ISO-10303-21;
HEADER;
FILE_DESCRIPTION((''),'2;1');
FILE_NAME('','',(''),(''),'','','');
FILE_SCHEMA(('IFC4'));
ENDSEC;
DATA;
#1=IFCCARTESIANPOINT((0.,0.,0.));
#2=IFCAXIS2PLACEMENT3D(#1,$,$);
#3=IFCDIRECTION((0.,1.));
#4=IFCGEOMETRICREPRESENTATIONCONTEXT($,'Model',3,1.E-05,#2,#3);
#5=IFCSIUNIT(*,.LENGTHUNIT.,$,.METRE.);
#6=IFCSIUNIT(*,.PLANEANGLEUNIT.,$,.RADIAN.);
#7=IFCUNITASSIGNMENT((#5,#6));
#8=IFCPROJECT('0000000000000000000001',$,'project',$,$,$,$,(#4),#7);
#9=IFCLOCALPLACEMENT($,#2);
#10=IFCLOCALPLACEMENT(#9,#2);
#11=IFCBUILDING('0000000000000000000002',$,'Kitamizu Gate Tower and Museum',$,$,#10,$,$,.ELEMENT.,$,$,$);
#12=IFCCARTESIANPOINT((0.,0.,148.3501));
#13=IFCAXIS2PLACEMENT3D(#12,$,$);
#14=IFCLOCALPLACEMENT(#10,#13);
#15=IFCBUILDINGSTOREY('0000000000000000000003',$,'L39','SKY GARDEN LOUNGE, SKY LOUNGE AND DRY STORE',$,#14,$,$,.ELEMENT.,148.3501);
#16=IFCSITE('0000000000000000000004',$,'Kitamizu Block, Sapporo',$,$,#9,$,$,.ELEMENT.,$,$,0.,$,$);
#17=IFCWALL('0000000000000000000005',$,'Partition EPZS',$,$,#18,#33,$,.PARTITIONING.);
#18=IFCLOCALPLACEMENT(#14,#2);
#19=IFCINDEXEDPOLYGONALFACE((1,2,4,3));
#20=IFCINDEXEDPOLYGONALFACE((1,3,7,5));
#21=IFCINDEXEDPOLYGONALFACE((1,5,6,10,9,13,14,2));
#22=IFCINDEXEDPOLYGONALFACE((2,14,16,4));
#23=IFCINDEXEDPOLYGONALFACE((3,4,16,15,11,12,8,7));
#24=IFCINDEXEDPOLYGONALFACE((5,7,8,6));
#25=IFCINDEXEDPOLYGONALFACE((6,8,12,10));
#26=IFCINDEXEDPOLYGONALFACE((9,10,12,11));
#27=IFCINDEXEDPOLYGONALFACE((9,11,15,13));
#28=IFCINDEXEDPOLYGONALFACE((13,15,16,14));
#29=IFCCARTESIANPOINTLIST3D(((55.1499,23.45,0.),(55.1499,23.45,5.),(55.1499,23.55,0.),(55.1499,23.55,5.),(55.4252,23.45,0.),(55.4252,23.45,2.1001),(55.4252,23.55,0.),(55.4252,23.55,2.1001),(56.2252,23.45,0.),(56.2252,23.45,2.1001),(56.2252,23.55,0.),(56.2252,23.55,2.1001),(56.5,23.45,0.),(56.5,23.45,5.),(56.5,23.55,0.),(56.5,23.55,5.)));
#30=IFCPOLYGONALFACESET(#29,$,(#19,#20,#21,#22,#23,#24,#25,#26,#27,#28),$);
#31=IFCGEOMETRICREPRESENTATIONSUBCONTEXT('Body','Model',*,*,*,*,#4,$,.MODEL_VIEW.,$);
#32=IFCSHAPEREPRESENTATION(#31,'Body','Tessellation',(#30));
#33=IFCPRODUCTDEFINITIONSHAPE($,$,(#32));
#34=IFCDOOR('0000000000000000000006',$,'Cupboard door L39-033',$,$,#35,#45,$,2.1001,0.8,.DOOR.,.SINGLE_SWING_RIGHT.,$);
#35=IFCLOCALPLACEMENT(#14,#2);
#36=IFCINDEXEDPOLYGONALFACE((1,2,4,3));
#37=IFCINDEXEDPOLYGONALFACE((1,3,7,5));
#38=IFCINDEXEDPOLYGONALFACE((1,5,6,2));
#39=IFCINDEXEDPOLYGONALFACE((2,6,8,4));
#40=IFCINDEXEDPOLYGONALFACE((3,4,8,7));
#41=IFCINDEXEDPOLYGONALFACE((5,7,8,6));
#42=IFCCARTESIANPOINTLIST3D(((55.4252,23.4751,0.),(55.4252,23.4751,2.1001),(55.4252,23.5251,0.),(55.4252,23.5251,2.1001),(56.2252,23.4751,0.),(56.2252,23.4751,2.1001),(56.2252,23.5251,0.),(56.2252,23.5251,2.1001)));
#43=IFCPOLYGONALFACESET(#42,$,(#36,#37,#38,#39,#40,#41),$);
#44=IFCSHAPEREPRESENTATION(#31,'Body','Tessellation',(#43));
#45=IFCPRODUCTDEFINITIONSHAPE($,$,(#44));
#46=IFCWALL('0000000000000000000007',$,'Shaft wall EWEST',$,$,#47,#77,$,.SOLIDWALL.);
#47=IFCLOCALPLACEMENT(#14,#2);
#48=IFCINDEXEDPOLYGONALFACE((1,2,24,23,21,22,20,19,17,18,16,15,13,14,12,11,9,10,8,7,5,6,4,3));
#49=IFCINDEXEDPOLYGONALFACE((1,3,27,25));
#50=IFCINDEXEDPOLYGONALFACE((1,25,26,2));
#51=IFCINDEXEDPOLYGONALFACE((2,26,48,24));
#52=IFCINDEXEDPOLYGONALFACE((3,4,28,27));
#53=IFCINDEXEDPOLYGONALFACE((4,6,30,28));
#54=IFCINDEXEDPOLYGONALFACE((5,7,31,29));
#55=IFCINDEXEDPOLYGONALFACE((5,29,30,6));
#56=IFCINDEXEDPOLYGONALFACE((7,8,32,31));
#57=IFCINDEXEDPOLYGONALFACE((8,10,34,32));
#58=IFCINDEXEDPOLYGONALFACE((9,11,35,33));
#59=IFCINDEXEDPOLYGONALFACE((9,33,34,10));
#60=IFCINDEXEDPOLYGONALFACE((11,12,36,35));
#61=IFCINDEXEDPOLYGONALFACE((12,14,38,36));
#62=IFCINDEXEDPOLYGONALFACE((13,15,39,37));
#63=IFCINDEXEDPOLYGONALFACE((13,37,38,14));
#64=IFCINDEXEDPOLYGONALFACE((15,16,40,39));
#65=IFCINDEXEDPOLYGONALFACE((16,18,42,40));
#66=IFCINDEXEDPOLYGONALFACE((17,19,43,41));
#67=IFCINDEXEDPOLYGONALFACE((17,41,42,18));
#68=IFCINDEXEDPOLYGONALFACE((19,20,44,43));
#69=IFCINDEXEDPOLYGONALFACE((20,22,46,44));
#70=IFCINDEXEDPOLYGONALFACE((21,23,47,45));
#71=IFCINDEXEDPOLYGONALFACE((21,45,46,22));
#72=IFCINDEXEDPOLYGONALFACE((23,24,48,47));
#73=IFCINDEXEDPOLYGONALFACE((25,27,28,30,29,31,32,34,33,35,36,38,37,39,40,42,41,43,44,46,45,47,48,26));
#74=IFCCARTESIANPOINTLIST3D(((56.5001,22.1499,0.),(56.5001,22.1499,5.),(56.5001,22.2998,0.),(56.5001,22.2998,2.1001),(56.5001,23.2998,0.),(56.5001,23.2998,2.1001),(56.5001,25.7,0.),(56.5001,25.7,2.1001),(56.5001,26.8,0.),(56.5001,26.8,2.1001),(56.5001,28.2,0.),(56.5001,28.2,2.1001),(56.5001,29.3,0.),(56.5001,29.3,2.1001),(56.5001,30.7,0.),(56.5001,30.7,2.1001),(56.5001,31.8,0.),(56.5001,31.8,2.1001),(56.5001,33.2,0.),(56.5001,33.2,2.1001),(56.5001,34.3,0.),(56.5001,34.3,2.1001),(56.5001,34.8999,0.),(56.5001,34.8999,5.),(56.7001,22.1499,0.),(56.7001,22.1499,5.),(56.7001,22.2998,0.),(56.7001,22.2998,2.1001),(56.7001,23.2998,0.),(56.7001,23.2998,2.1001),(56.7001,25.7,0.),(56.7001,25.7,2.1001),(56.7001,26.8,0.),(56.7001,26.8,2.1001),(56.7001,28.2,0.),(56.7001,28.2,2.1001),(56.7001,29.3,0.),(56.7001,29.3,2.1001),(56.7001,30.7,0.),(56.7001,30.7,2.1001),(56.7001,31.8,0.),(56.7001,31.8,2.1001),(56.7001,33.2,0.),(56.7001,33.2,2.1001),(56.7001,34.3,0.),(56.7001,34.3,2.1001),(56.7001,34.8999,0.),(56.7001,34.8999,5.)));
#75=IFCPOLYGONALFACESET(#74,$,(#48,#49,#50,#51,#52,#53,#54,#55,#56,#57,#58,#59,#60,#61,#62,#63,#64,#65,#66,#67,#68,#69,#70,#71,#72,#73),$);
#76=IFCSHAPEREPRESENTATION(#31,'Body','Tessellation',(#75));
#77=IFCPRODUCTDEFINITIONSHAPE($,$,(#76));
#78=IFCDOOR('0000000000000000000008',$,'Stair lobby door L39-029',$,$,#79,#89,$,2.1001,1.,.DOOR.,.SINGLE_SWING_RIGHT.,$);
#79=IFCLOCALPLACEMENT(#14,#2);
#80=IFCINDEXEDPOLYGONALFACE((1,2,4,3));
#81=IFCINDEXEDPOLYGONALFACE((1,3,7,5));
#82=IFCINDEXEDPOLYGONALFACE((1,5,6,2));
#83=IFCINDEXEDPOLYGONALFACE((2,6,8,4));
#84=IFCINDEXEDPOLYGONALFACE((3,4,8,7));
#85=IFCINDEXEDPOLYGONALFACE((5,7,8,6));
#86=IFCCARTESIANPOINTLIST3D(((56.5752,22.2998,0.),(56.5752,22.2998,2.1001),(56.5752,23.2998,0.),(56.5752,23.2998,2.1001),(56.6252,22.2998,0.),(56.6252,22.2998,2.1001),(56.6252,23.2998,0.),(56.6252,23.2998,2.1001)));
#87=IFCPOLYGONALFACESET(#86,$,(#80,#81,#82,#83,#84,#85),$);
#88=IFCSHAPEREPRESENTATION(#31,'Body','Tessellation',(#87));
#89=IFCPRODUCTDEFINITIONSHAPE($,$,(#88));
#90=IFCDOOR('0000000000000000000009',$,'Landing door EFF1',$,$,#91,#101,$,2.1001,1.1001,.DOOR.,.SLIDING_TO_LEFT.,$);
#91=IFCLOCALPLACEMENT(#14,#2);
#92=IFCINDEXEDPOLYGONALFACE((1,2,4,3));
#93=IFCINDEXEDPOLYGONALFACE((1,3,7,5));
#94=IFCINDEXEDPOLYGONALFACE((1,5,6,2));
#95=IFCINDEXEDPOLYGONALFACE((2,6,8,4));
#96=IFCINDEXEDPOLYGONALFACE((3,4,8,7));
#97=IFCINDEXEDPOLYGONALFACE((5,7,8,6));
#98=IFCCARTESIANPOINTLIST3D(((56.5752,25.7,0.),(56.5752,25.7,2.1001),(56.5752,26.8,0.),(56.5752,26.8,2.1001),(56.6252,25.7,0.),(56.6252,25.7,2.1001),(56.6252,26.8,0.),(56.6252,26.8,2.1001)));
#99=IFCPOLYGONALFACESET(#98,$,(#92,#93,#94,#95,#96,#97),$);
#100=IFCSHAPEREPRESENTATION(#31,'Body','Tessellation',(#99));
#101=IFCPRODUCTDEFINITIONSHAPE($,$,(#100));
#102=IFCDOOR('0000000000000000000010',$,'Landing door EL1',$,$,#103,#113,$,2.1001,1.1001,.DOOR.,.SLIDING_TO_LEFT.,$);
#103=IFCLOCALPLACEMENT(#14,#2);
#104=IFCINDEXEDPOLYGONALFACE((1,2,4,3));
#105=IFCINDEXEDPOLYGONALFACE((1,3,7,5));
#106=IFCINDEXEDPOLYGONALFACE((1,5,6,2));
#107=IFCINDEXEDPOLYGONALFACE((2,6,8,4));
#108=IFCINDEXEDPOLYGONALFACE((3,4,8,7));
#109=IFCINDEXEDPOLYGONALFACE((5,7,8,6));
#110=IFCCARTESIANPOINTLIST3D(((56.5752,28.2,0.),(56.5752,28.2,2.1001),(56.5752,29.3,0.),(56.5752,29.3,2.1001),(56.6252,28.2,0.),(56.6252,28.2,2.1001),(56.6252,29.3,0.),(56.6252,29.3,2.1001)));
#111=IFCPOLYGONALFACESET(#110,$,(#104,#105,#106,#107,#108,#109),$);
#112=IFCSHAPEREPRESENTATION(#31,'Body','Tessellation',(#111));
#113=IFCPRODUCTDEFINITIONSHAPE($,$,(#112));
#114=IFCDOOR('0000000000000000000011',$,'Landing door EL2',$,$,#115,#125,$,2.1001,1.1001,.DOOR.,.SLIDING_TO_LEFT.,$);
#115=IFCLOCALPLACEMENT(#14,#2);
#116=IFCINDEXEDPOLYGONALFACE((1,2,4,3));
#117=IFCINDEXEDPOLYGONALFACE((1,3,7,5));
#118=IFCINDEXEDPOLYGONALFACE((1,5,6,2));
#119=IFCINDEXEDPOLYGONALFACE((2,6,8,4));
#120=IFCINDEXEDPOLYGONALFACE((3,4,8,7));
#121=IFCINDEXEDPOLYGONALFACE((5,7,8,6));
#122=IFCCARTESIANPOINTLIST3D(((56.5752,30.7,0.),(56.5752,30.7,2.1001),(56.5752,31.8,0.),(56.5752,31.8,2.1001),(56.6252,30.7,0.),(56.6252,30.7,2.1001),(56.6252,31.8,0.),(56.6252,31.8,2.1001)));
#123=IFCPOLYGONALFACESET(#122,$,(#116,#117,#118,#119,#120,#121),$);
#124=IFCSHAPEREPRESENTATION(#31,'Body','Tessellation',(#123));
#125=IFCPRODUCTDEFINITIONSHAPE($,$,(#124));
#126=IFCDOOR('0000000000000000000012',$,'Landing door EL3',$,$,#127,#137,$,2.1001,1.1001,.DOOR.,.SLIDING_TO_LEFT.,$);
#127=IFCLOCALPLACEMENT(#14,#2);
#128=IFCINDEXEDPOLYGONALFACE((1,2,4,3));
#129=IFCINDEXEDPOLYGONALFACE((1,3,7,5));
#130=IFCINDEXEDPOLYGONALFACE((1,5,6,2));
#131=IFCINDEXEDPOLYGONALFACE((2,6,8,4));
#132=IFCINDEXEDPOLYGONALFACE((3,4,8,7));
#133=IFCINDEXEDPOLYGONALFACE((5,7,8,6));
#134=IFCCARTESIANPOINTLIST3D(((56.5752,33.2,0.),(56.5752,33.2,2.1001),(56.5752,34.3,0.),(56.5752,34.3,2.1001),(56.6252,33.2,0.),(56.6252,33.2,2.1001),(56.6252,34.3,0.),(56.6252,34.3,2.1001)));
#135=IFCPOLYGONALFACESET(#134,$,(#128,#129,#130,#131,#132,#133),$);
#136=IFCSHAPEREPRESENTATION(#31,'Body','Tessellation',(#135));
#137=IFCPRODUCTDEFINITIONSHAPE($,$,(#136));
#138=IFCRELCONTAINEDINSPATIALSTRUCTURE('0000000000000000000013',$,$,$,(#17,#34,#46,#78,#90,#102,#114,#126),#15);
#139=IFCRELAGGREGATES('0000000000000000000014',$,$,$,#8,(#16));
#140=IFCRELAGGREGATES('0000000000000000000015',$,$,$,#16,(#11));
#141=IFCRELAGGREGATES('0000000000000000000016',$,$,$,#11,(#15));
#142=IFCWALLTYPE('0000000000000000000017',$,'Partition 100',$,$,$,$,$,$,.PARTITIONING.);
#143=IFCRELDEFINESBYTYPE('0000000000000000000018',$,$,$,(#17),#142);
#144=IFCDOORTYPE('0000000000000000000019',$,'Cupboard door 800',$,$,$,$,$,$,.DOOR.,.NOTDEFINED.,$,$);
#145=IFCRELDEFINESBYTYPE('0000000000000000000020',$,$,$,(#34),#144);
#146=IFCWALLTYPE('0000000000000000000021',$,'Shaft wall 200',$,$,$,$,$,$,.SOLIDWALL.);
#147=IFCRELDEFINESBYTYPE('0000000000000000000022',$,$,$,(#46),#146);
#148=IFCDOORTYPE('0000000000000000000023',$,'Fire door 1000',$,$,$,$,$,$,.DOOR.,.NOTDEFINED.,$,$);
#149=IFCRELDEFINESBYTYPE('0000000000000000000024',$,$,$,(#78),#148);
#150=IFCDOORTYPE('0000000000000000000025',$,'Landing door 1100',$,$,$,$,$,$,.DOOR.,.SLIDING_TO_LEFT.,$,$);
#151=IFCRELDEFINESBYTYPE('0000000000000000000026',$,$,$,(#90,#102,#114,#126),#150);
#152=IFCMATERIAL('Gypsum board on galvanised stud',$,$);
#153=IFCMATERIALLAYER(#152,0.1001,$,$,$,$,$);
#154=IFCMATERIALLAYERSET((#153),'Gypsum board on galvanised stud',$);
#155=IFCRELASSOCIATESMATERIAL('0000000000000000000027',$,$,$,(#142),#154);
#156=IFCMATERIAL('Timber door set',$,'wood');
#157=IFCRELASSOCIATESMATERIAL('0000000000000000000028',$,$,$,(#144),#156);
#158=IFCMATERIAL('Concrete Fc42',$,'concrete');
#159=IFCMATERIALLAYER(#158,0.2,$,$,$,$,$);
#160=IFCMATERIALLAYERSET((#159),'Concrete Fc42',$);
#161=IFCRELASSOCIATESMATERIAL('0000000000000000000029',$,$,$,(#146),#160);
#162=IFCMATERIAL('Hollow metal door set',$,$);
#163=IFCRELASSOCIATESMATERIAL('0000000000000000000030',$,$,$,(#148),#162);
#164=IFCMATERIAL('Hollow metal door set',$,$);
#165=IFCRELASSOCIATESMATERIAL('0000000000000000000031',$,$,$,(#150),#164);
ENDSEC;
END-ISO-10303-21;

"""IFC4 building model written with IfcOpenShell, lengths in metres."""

from ifc_helpers import new_model, si_unit, direction, frame, frame_2d, origin, place, context, subcontext, project, spatial, rectangle, extrude, material, layer, layer_set, type_object, element, fill, save


model = new_model("IFC4")

# Units and contexts
model_context = context("Model", 3, precision=1e-05, world=origin(), true_north=direction((0.0, 1.0)))
body_context = subcontext(model_context, "Body", "Model", "MODEL_VIEW")
ifc_project = project(units=[si_unit("LENGTHUNIT", "METRE"), si_unit("PLANEANGLEUNIT", "RADIAN")], contexts=[model_context])

# Site, building, storey
site_placement = place(None, origin())
site = spatial("IfcSite", under=ifc_project, at=site_placement, Name="Kitamizu Block, Sapporo", CompositionType="ELEMENT", RefElevation=0.0)
building_placement = place(site_placement, origin())
building = spatial("IfcBuilding", under=site, at=building_placement, Name="Kitamizu Gate Tower and Museum", CompositionType="ELEMENT")
storey_placement = place(building_placement, frame((0.0, 0.0, 148.3501)))
storey = spatial("IfcBuildingStorey", under=building, at=storey_placement, Name="L39", Description="SKY GARDEN LOUNGE, SKY LOUNGE AND DRY STORE", CompositionType="ELEMENT", Elevation=148.3501)

# Wall, opening, door
ifc_material_1 = material(Name="Gypsum board on galvanised stud")
ifc_layer_1 = layer(ifc_material_1, 0.1001)
ifc_layer_set_1 = layer_set([ifc_layer_1], Name="Gypsum board on galvanised stud")
wall_type_1 = type_object("IfcWallType", Name="Partition 100", PredefinedType="PARTITIONING", material=ifc_layer_set_1)
wall_1_placement = place(storey_placement, frame((56.5, 23.5, 0.0), z_axis=(0.0, 0.0, 1.0), x_axis=(-1.0, 0.0, 0.0)))
wall_1 = element("IfcWall", 1, at=wall_1_placement, inside=storey, type_object=wall_type_1, Name="Partition EPZS", PredefinedType="PARTITIONING", context=body_context, shape_type="SweptSolid", body=[
    extrude(rectangle(XDim=1.3501, YDim=0.1001, at=frame_2d((0.675, 0.0))), origin(), (0.0, 0.0, 1.0), 5.0),
])
opening_1_placement = place(wall_1_placement, frame((0.2749, 0.0, 0.0)))
opening_1 = element("IfcOpeningElement", 2, at=opening_1_placement, cuts=wall_1, PredefinedType="OPENING", context=body_context, shape_type="SweptSolid", body=[
    extrude(rectangle(XDim=0.8, YDim=2.1001, at=frame_2d((0.3999, 1.05))), frame((0.0, 0.0601, 0.0), z_axis=(0.0, -1.0, 0.0), x_axis=(1.0, 0.0, 0.0)), (0.0, 0.0, 1.0), 0.1201),
])
ifc_material_2 = material(Name="Timber door set", Category="wood")
door_type_1 = type_object("IfcDoorType", Name="Cupboard door 800", OperationType="NOTDEFINED", PredefinedType="DOOR", material=ifc_material_2)
door_1_placement = place(opening_1_placement, origin())
door_1 = element("IfcDoor", 3, at=door_1_placement, inside=storey, type_object=door_type_1, Name="Cupboard door L39-033", OperationType="SINGLE_SWING_RIGHT", OverallHeight=2.1001, OverallWidth=0.8, PredefinedType="DOOR", context=body_context, shape_type="SweptSolid", body=[
    extrude(rectangle(XDim=0.8, YDim=2.1001, at=frame_2d((0.3999, 1.05))), frame((0.0, 0.0249, 0.0), z_axis=(0.0, -1.0, 0.0), x_axis=(1.0, 0.0, 0.0)), (0.0, 0.0, 1.0), 0.05),
])
fill(opening_1, door_1)

# Wall, openings, doors
ifc_material_3 = material(Name="Concrete Fc42", Category="concrete")
ifc_layer_2 = layer(ifc_material_3, 0.2)
ifc_layer_set_2 = layer_set([ifc_layer_2], Name="Concrete Fc42")
wall_type_2 = type_object("IfcWallType", Name="Shaft wall 200", PredefinedType="SOLIDWALL", material=ifc_layer_set_2)
wall_2_placement = place(storey_placement, frame((56.6001, 22.1499, 0.0), z_axis=(0.0, 0.0, 1.0), x_axis=(0.0, 1.0, 0.0)))
wall_2 = element("IfcWall", 4, at=wall_2_placement, inside=storey, type_object=wall_type_2, Name="Shaft wall EWEST", PredefinedType="SOLIDWALL", context=body_context, shape_type="SweptSolid", body=[
    extrude(rectangle(XDim=12.75, YDim=0.2, at=frame_2d((6.375, 0.0))), origin(), (0.0, 0.0, 1.0), 5.0),
])
opening_2_placement = place(wall_2_placement, frame((3.55, 0.0, 0.0)))
opening_2 = element("IfcOpeningElement", 5, at=opening_2_placement, cuts=wall_2, PredefinedType="OPENING", context=body_context, shape_type="SweptSolid", body=[
    extrude(rectangle(XDim=1.1001, YDim=2.1001, at=frame_2d((0.55, 1.05))), frame((0.0, 0.1099, 0.0), z_axis=(0.0, -1.0, 0.0), x_axis=(1.0, 0.0, 0.0)), (0.0, 0.0, 1.0), 0.22),
])
opening_3_placement = place(wall_2_placement, frame((6.05, 0.0, 0.0)))
opening_3 = element("IfcOpeningElement", 6, at=opening_3_placement, cuts=wall_2, PredefinedType="OPENING", context=body_context, shape_type="SweptSolid", body=[
    extrude(rectangle(XDim=1.1001, YDim=2.1001, at=frame_2d((0.55, 1.05))), frame((0.0, 0.1099, 0.0), z_axis=(0.0, -1.0, 0.0), x_axis=(1.0, 0.0, 0.0)), (0.0, 0.0, 1.0), 0.22),
])
opening_4_placement = place(wall_2_placement, frame((8.55, 0.0, 0.0)))
opening_4 = element("IfcOpeningElement", 7, at=opening_4_placement, cuts=wall_2, PredefinedType="OPENING", context=body_context, shape_type="SweptSolid", body=[
    extrude(rectangle(XDim=1.1001, YDim=2.1001, at=frame_2d((0.55, 1.05))), frame((0.0, 0.1099, 0.0), z_axis=(0.0, -1.0, 0.0), x_axis=(1.0, 0.0, 0.0)), (0.0, 0.0, 1.0), 0.22),
])
opening_5_placement = place(wall_2_placement, frame((11.05, 0.0, 0.0)))
opening_5 = element("IfcOpeningElement", 8, at=opening_5_placement, cuts=wall_2, PredefinedType="OPENING", context=body_context, shape_type="SweptSolid", body=[
    extrude(rectangle(XDim=1.1001, YDim=2.1001, at=frame_2d((0.55, 1.05))), frame((0.0, 0.1099, 0.0), z_axis=(0.0, -1.0, 0.0), x_axis=(1.0, 0.0, 0.0)), (0.0, 0.0, 1.0), 0.22),
])
opening_6_placement = place(wall_2_placement, frame((0.1499, 0.0, 0.0)))
opening_6 = element("IfcOpeningElement", 9, at=opening_6_placement, cuts=wall_2, PredefinedType="OPENING", context=body_context, shape_type="SweptSolid", body=[
    extrude(rectangle(XDim=1.0, YDim=2.1001, at=frame_2d((0.5, 1.05))), frame((0.0, 0.1099, 0.0), z_axis=(0.0, -1.0, 0.0), x_axis=(1.0, 0.0, 0.0)), (0.0, 0.0, 1.0), 0.22),
])
ifc_material_4 = material(Name="Hollow metal door set")
door_type_2 = type_object("IfcDoorType", Name="Fire door 1000", OperationType="NOTDEFINED", PredefinedType="DOOR", material=ifc_material_4)
door_2_placement = place(opening_6_placement, origin())
door_2 = element("IfcDoor", 10, at=door_2_placement, inside=storey, type_object=door_type_2, Name="Stair lobby door L39-029", OperationType="SINGLE_SWING_RIGHT", OverallHeight=2.1001, OverallWidth=1.0, PredefinedType="DOOR", context=body_context, shape_type="SweptSolid", body=[
    extrude(rectangle(XDim=1.0, YDim=2.1001, at=frame_2d((0.5, 1.05))), frame((0.0, 0.0249, 0.0), z_axis=(0.0, -1.0, 0.0), x_axis=(1.0, 0.0, 0.0)), (0.0, 0.0, 1.0), 0.05),
])
fill(opening_6, door_2)
ifc_material_5 = material(Name="Hollow metal door set")
door_type_3 = type_object("IfcDoorType", Name="Landing door 1100", OperationType="SLIDING_TO_LEFT", PredefinedType="DOOR", material=ifc_material_5)
door_3_placement = place(opening_2_placement, origin())
door_3 = element("IfcDoor", 11, at=door_3_placement, inside=storey, type_object=door_type_3, Name="Landing door EFF1", OperationType="SLIDING_TO_LEFT", OverallHeight=2.1001, OverallWidth=1.1001, PredefinedType="DOOR", context=body_context, shape_type="SweptSolid", body=[
    extrude(rectangle(XDim=1.1001, YDim=2.1001, at=frame_2d((0.55, 1.05))), frame((0.0, 0.0249, 0.0), z_axis=(0.0, -1.0, 0.0), x_axis=(1.0, 0.0, 0.0)), (0.0, 0.0, 1.0), 0.05),
])
fill(opening_2, door_3)
door_4_placement = place(opening_3_placement, origin())
door_4 = element("IfcDoor", 12, at=door_4_placement, inside=storey, type_object=door_type_3, Name="Landing door EL1", OperationType="SLIDING_TO_LEFT", OverallHeight=2.1001, OverallWidth=1.1001, PredefinedType="DOOR", context=body_context, shape_type="SweptSolid", body=[
    extrude(rectangle(XDim=1.1001, YDim=2.1001, at=frame_2d((0.55, 1.05))), frame((0.0, 0.0249, 0.0), z_axis=(0.0, -1.0, 0.0), x_axis=(1.0, 0.0, 0.0)), (0.0, 0.0, 1.0), 0.05),
])
fill(opening_3, door_4)
door_5_placement = place(opening_4_placement, origin())
door_5 = element("IfcDoor", 13, at=door_5_placement, inside=storey, type_object=door_type_3, Name="Landing door EL2", OperationType="SLIDING_TO_LEFT", OverallHeight=2.1001, OverallWidth=1.1001, PredefinedType="DOOR", context=body_context, shape_type="SweptSolid", body=[
    extrude(rectangle(XDim=1.1001, YDim=2.1001, at=frame_2d((0.55, 1.05))), frame((0.0, 0.0249, 0.0), z_axis=(0.0, -1.0, 0.0), x_axis=(1.0, 0.0, 0.0)), (0.0, 0.0, 1.0), 0.05),
])
fill(opening_4, door_5)
door_6_placement = place(opening_5_placement, origin())
door_6 = element("IfcDoor", 14, at=door_6_placement, inside=storey, type_object=door_type_3, Name="Landing door EL3", OperationType="SLIDING_TO_LEFT", OverallHeight=2.1001, OverallWidth=1.1001, PredefinedType="DOOR", context=body_context, shape_type="SweptSolid", body=[
    extrude(rectangle(XDim=1.1001, YDim=2.1001, at=frame_2d((0.55, 1.05))), frame((0.0, 0.0249, 0.0), z_axis=(0.0, -1.0, 0.0), x_axis=(1.0, 0.0, 0.0)), (0.0, 0.0, 1.0), 0.05),
])
fill(opening_5, door_6)

save(model, "model.ifc")
